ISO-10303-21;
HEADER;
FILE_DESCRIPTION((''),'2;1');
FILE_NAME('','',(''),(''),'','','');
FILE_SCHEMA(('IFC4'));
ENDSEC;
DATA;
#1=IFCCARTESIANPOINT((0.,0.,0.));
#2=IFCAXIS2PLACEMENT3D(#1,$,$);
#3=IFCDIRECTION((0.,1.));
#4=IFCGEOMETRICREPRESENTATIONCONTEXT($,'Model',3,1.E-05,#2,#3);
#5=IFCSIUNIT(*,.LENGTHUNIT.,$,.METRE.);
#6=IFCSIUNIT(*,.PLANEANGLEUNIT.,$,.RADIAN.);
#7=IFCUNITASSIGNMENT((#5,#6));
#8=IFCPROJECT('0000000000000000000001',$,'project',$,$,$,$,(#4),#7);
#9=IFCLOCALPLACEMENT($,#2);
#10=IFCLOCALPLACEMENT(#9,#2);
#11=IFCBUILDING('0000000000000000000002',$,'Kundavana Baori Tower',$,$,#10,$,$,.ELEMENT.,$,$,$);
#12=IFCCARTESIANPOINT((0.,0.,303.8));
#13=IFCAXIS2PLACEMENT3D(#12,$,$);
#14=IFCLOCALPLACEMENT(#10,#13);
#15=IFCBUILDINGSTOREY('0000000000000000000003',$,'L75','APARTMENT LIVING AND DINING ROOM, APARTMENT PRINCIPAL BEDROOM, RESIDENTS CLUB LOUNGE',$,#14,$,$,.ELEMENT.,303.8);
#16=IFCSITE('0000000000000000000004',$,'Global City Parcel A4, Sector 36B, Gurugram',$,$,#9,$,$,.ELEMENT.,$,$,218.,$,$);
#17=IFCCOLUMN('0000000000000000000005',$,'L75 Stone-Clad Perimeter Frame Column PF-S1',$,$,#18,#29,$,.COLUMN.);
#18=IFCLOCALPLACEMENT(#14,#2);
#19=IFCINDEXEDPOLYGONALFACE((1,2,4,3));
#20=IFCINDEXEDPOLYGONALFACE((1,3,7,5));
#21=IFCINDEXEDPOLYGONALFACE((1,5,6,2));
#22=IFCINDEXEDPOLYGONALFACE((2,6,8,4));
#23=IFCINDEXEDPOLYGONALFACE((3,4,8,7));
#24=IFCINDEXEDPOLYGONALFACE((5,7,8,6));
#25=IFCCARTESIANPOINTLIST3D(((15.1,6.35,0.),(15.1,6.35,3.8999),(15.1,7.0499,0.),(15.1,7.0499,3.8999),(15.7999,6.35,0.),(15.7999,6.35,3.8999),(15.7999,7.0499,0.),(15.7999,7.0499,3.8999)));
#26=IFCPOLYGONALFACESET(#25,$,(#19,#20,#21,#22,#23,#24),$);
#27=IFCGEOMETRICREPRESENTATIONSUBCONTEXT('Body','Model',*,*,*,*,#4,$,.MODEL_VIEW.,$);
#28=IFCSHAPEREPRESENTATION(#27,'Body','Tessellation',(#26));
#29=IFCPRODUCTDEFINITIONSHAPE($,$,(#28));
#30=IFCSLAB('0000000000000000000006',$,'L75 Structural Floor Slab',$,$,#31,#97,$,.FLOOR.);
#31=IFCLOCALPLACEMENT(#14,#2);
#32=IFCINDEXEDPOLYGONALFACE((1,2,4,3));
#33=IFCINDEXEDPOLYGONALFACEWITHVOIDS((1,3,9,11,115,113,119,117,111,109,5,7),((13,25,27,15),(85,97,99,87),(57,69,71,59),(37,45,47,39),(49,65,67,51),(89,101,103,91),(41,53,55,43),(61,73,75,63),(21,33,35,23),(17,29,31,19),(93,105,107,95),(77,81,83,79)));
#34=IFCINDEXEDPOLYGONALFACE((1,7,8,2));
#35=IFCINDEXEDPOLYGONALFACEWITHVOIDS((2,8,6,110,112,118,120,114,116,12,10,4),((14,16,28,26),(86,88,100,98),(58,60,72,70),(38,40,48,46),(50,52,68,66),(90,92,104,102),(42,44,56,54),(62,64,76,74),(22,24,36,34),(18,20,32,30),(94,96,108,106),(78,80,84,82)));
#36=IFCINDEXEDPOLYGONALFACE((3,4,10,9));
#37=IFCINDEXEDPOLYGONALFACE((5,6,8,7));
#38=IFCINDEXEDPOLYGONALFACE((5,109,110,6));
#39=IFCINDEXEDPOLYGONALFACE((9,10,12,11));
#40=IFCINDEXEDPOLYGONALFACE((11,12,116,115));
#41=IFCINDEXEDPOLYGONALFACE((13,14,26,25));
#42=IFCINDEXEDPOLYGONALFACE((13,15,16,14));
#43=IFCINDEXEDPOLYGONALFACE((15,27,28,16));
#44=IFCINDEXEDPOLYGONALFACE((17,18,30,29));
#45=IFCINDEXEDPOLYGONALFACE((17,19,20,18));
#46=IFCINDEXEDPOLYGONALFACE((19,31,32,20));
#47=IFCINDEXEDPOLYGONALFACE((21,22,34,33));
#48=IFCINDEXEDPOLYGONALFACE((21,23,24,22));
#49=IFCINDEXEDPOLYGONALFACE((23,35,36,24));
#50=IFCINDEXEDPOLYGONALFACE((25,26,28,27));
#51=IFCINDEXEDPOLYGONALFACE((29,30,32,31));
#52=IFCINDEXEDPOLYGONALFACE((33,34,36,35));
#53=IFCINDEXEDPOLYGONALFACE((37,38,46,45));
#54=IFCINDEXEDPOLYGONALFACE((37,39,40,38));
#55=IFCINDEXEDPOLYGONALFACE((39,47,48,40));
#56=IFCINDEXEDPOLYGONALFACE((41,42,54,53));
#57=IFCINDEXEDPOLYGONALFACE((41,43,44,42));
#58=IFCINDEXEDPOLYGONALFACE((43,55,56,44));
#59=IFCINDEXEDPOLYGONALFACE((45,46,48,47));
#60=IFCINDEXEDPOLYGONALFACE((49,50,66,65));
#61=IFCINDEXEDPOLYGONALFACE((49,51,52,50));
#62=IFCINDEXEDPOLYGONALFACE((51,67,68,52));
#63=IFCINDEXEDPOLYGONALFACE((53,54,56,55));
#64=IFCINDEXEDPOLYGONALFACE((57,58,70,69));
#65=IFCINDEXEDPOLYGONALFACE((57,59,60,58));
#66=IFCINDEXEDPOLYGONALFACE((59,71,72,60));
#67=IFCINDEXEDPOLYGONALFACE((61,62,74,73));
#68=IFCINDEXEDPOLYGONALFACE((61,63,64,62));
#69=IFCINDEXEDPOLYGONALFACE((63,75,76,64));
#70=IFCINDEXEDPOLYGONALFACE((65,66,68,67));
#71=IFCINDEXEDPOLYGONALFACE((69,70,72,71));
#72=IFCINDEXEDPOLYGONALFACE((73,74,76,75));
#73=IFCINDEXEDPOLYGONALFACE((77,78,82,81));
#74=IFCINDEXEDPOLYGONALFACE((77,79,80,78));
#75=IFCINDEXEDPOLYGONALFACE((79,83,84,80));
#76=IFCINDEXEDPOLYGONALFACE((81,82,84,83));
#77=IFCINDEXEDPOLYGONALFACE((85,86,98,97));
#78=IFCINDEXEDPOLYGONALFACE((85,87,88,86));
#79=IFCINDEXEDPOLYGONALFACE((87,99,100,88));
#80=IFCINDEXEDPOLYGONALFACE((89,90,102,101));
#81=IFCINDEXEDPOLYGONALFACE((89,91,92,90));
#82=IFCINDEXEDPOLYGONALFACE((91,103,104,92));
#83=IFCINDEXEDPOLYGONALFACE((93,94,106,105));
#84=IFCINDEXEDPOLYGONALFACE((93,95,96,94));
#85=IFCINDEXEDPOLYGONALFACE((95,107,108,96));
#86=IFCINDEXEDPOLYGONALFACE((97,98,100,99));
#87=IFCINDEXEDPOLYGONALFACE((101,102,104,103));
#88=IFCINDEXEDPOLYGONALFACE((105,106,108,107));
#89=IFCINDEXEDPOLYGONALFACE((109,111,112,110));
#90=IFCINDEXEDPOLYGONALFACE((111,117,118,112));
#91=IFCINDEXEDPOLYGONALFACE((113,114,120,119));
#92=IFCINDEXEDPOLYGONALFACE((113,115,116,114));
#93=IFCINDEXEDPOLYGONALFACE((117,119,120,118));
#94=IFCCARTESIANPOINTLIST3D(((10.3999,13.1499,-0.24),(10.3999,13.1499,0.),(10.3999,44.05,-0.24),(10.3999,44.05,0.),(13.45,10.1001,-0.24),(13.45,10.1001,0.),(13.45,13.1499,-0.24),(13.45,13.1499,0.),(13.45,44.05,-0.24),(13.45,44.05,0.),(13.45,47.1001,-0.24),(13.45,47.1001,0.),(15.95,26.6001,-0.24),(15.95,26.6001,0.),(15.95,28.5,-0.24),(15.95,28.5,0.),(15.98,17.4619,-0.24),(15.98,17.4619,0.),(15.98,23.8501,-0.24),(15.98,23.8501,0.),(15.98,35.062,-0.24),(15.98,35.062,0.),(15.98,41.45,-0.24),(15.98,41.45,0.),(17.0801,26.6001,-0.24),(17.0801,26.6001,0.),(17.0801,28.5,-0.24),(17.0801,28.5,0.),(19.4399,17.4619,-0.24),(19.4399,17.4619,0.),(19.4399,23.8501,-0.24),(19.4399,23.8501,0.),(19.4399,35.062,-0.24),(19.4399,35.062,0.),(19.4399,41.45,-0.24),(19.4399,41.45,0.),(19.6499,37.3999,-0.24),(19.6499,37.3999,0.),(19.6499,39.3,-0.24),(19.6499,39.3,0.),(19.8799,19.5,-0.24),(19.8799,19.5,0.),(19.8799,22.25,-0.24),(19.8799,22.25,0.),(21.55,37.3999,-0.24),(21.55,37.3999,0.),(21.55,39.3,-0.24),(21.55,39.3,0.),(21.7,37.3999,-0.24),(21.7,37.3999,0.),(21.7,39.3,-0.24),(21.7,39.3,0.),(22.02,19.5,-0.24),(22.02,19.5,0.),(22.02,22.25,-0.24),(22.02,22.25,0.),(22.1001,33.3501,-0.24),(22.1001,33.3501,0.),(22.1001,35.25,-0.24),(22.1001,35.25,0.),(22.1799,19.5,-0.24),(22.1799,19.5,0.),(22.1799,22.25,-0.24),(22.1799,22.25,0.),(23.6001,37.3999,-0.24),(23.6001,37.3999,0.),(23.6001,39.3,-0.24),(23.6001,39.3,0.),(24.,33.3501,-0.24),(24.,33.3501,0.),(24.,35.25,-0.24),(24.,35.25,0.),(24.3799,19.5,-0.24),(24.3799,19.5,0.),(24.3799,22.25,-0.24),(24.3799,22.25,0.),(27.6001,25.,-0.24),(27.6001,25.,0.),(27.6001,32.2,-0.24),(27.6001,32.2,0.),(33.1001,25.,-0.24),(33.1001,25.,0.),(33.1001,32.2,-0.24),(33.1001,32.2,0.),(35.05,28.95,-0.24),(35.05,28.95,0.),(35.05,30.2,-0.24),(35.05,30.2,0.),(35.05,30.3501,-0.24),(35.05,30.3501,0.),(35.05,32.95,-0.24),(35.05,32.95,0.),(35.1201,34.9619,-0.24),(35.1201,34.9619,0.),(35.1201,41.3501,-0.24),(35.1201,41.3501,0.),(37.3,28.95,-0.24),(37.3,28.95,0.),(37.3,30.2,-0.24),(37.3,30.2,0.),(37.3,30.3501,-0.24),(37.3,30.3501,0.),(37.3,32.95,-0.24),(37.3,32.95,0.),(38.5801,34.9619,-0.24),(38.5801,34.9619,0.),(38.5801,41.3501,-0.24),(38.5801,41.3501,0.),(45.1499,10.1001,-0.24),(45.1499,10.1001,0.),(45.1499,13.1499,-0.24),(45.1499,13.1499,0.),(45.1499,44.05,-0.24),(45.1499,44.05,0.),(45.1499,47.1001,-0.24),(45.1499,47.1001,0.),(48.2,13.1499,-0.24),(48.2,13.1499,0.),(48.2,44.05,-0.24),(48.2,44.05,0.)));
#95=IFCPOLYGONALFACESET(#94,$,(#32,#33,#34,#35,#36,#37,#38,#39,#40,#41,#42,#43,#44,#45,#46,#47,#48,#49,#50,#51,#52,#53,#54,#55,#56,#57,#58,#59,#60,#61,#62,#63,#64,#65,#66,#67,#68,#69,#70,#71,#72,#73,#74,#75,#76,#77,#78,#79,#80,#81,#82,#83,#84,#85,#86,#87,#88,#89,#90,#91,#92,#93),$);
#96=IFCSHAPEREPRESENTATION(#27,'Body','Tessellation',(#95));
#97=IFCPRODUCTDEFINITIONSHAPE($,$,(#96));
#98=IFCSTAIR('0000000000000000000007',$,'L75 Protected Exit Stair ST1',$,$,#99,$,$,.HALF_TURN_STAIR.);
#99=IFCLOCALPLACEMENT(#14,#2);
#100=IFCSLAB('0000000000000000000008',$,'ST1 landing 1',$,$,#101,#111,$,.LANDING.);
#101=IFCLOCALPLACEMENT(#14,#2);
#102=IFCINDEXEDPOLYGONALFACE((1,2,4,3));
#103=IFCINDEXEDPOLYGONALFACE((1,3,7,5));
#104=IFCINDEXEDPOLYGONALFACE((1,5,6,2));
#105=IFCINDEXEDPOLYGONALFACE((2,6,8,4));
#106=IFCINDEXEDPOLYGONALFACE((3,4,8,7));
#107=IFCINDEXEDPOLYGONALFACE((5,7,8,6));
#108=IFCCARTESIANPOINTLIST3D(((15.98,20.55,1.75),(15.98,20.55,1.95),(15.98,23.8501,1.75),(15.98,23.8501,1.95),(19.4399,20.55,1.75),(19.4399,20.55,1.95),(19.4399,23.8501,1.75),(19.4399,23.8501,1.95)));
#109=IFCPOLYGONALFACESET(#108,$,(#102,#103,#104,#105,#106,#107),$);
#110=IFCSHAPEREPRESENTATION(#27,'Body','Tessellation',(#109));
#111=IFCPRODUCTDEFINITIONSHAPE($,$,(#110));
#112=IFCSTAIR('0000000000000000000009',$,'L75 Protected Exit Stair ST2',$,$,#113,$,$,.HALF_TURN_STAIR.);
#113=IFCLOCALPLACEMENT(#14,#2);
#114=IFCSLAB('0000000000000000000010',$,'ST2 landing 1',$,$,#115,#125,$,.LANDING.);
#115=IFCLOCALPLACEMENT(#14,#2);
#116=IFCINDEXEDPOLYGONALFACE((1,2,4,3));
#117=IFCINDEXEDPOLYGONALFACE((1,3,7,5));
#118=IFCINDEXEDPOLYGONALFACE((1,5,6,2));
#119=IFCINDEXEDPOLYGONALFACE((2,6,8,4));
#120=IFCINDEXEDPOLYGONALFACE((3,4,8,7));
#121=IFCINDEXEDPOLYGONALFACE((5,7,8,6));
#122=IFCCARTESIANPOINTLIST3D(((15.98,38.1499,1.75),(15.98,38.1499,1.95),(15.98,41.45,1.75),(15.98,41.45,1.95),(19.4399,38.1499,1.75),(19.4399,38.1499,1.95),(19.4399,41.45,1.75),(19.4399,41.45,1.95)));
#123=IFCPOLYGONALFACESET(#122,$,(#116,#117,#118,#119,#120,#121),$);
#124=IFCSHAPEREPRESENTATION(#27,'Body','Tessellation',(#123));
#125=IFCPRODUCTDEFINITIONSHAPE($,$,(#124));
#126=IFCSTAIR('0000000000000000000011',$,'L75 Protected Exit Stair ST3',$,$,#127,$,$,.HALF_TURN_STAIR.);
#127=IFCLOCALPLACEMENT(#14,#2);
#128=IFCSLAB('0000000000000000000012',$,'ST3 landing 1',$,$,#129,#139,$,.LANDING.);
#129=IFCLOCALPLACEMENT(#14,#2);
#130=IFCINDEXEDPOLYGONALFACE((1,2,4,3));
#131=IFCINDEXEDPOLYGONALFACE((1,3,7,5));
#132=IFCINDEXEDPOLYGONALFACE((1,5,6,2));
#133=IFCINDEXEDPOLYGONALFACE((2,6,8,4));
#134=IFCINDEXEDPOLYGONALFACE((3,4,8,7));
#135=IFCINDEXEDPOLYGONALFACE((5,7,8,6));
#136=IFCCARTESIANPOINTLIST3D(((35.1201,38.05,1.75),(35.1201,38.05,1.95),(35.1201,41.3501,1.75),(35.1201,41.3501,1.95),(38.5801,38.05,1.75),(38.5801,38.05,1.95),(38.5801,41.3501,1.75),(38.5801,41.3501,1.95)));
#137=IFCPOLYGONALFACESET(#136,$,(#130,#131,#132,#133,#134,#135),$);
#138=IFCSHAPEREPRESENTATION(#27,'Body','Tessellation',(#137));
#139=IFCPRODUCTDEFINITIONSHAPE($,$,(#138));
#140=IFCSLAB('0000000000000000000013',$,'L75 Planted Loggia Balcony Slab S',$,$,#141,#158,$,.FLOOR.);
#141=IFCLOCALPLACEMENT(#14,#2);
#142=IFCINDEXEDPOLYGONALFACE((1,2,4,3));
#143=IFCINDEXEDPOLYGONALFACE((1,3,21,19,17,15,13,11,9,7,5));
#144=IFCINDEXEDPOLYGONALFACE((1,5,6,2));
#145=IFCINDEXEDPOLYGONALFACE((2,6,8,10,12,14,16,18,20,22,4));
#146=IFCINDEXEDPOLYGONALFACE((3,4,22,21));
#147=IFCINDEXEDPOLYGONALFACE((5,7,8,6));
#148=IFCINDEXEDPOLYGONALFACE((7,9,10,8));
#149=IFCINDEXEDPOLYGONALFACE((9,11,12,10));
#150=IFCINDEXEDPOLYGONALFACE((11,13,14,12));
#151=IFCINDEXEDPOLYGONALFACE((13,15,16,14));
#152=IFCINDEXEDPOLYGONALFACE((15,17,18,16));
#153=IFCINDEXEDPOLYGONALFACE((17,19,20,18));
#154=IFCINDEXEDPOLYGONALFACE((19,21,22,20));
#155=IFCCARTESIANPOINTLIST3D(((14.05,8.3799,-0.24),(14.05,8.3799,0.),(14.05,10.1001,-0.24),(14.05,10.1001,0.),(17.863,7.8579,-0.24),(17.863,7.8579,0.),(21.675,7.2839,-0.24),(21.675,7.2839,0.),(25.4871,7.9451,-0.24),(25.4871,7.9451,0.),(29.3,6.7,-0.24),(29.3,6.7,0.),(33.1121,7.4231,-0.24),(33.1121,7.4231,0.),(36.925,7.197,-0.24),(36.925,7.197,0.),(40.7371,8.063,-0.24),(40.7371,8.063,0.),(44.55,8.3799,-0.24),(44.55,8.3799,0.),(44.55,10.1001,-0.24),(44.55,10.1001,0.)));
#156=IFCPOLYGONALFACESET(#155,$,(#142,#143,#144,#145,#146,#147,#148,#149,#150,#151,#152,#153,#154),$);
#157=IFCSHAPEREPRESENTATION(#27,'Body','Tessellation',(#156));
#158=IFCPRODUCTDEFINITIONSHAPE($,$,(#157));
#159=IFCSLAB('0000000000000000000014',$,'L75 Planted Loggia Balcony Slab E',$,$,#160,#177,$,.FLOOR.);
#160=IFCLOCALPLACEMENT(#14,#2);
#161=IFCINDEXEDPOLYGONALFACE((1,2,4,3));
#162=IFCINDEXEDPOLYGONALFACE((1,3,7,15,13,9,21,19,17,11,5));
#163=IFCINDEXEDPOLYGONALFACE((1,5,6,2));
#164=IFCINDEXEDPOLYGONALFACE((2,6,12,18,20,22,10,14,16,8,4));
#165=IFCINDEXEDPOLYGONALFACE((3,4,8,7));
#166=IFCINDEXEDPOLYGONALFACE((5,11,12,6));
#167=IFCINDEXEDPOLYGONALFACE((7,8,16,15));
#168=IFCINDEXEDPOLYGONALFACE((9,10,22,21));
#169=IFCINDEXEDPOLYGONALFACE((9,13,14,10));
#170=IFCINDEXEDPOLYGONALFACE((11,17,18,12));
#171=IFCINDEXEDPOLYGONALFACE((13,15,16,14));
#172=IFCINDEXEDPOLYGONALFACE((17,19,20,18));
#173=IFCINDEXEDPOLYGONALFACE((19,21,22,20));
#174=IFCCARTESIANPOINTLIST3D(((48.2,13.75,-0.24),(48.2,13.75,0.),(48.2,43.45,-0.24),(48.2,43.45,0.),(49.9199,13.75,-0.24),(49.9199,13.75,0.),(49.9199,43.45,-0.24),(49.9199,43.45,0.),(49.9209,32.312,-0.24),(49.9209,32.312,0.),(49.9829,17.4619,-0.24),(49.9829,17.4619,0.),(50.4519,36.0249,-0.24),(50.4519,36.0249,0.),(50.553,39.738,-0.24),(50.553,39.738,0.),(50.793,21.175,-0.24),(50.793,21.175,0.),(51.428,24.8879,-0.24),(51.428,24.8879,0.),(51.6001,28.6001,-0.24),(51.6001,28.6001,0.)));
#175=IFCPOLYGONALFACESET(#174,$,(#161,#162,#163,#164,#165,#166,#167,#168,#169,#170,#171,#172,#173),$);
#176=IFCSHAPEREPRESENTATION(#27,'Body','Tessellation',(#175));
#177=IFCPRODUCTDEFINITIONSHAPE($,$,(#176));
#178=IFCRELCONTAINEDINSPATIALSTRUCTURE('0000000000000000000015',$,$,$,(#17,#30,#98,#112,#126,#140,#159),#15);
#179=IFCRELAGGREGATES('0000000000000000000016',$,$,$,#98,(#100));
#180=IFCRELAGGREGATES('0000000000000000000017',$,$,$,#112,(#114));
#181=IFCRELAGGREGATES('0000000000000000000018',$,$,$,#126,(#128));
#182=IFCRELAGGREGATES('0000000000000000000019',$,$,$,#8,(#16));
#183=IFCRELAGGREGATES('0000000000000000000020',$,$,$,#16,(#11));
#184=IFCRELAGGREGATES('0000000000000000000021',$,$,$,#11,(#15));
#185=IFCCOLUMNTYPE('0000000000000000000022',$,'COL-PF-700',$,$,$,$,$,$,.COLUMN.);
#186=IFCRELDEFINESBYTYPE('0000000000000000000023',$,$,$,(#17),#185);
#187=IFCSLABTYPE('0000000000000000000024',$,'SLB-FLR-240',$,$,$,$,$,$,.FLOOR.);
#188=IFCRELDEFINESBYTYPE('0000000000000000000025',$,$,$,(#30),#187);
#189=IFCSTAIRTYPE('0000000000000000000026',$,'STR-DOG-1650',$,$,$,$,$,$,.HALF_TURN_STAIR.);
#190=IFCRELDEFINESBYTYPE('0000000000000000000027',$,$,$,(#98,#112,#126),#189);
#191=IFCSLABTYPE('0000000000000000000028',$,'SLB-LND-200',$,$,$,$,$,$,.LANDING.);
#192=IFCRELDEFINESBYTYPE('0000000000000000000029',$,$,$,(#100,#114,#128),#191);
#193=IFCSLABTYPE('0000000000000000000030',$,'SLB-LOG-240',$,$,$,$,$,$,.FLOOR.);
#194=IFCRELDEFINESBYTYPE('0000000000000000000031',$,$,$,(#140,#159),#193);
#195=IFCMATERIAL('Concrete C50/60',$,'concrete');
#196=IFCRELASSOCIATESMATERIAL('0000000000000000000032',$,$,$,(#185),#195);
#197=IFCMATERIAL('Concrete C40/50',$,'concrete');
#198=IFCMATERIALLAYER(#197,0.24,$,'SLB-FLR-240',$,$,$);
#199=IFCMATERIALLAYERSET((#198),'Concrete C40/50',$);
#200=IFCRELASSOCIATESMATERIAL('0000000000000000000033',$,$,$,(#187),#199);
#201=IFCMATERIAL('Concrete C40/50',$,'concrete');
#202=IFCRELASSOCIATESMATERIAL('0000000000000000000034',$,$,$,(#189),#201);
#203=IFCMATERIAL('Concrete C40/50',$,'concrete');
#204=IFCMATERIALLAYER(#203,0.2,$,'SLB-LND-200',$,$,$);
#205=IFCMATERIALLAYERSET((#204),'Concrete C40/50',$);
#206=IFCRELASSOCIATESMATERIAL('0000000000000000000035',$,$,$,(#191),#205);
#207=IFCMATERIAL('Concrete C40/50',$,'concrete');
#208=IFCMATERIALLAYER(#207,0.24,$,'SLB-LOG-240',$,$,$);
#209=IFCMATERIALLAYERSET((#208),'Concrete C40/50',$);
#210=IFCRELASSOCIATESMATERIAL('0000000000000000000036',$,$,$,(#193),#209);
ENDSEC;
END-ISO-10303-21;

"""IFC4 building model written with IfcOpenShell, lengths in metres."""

from ifc_helpers import new_model, si_unit, direction, frame, origin, origin_2d, place, context, subcontext, project, spatial, polyline, rectangle, outline, extrude, material, layer, layer_set, material_profile, profile_set, type_object, element, aggregate, save


model = new_model("IFC4")

# Units and contexts
model_context = context("Model", 3, precision=1e-05, world=origin(), true_north=direction((0.0, 1.0)))
body_context = subcontext(model_context, "Body", "Model", "MODEL_VIEW")
ifc_project = project(units=[si_unit("LENGTHUNIT", "METRE"), si_unit("PLANEANGLEUNIT", "RADIAN")], contexts=[model_context])

# Site, building, storey
site_placement = place(None, origin())
site = spatial("IfcSite", under=ifc_project, at=site_placement, Name="Global City Parcel A4, Sector 36B, Gurugram", CompositionType="ELEMENT", RefElevation=218.0)
building_placement = place(site_placement, origin())
building = spatial("IfcBuilding", under=site, at=building_placement, Name="Kundavana Baori Tower", CompositionType="ELEMENT")
storey_placement = place(building_placement, frame((0.0, 0.0, 303.8)))
storey = spatial("IfcBuildingStorey", under=building, at=storey_placement, Name="L75", Description="APARTMENT LIVING AND DINING ROOM, APARTMENT PRINCIPAL BEDROOM, RESIDENTS CLUB LOUNGE", CompositionType="ELEMENT", Elevation=303.8)

# Column
ifc_material_1 = material(Name="Concrete C50/60", Category="concrete")
ifc_material_profile = material_profile(ifc_material_1, rectangle(XDim=0.7, YDim=0.7, at=origin_2d()), Name="RC PF 700x700")
ifc_profile_set = profile_set([ifc_material_profile], Name="Concrete C50/60")
column_type = type_object("IfcColumnType", Name="COL-PF-700", PredefinedType="COLUMN", material=ifc_profile_set)
column_placement = place(storey_placement, frame((15.45, 6.7, 0.0), z_axis=(0.0, 0.0, 1.0), x_axis=(1.0, 0.0, 0.0)))
element("IfcColumn", 1, at=column_placement, inside=storey, type_object=column_type, Name="L75 Stone-Clad Perimeter Frame Column PF-S1", PredefinedType="COLUMN", context=body_context, shape_type="SweptSolid", body=[
    extrude(rectangle(XDim=0.7, YDim=0.7, at=origin_2d()), origin(), (0.0, 0.0, 1.0), 3.8999),
])

# Slab
ifc_material_2 = material(Name="Concrete C40/50", Category="concrete")
ifc_layer_1 = layer(ifc_material_2, 0.24, Name="SLB-FLR-240")
ifc_layer_set_1 = layer_set([ifc_layer_1], Name="Concrete C40/50")
slab_type_1 = type_object("IfcSlabType", Name="SLB-FLR-240", PredefinedType="FLOOR", material=ifc_layer_set_1)
slab_1_placement = place(storey_placement, frame((0.0, 0.0, -0.24)))
element("IfcSlab", 2, at=slab_1_placement, inside=storey, type_object=slab_type_1, Name="L75 Structural Floor Slab", PredefinedType="FLOOR", context=body_context, shape_type="SweptSolid", body=[
    extrude(outline(polyline([(13.45, 10.1001), (45.1499, 10.1001), (45.1499, 13.1499), (48.2, 13.1499), (48.2, 44.05), (45.1499, 44.05), (45.1499, 47.1001), (13.45, 47.1001), (13.45, 44.05), (10.3999, 44.05), (10.3999, 13.1499), (13.45, 13.1499), (13.45, 10.1001)]), holes=[polyline([(19.4399, 17.4619), (19.4399, 23.8501), (15.98, 23.8501), (15.98, 17.4619), (19.4399, 17.4619)]), polyline([(19.4399, 35.062), (19.4399, 41.45), (15.98, 41.45), (15.98, 35.062), (19.4399, 35.062)]), polyline([(38.5801, 34.9619), (38.5801, 41.3501), (35.1201, 41.3501), (35.1201, 34.9619), (38.5801, 34.9619)]), polyline([(19.6499, 37.3999), (21.55, 37.3999), (21.55, 39.3), (19.6499, 39.3), (19.6499, 37.3999)]), polyline([(21.7, 37.3999), (23.6001, 37.3999), (23.6001, 39.3), (21.7, 39.3), (21.7, 37.3999)]), polyline([(22.1001, 33.3501), (24.0, 33.3501), (24.0, 35.25), (22.1001, 35.25), (22.1001, 33.3501)]), polyline([(19.8799, 19.5), (22.02, 19.5), (22.02, 22.25), (19.8799, 22.25), (19.8799, 19.5)]), polyline([(22.1799, 19.5), (24.3799, 19.5), (24.3799, 22.25), (22.1799, 22.25), (22.1799, 19.5)]), polyline([(35.05, 30.3501), (37.3, 30.3501), (37.3, 32.95), (35.05, 32.95), (35.05, 30.3501)]), polyline([(15.95, 26.6001), (17.0801, 26.6001), (17.0801, 28.5), (15.95, 28.5), (15.95, 26.6001)]), polyline([(35.05, 28.95), (37.3, 28.95), (37.3, 30.2), (35.05, 30.2), (35.05, 28.95)]), polyline([(27.6001, 25.0), (33.1001, 25.0), (33.1001, 32.2), (27.6001, 32.2), (27.6001, 25.0)])]), origin(), (0.0, 0.0, 1.0), 0.24),
])

# Stairs, slabs
ifc_material_3 = material(Name="Concrete C40/50", Category="concrete")
stair_type = type_object("IfcStairType", Name="STR-DOG-1650", PredefinedType="HALF_TURN_STAIR", material=ifc_material_3)
stair_1_placement = place(storey_placement, origin())
stair_1 = element("IfcStair", 3, at=stair_1_placement, inside=storey, type_object=stair_type, Name="L75 Protected Exit Stair ST1", PredefinedType="HALF_TURN_STAIR")
ifc_material_4 = material(Name="Concrete C40/50", Category="concrete")
ifc_layer_2 = layer(ifc_material_4, 0.2, Name="SLB-LND-200")
ifc_layer_set_2 = layer_set([ifc_layer_2], Name="Concrete C40/50")
slab_type_2 = type_object("IfcSlabType", Name="SLB-LND-200", PredefinedType="LANDING", material=ifc_layer_set_2)
slab_2_placement = place(storey_placement, frame((0.0, 0.0, 1.75)))
slab_2 = element("IfcSlab", 4, at=slab_2_placement, type_object=slab_type_2, Name="ST1 landing 1", PredefinedType="LANDING", context=body_context, shape_type="SweptSolid", body=[
    extrude(outline(polyline([(19.4399, 20.55), (19.4399, 23.8501), (15.98, 23.8501), (15.98, 20.55), (19.4399, 20.55)])), origin(), (0.0, 0.0, 1.0), 0.2),
])
aggregate(stair_1, [slab_2])
stair_2_placement = place(storey_placement, origin())
stair_2 = element("IfcStair", 5, at=stair_2_placement, inside=storey, type_object=stair_type, Name="L75 Protected Exit Stair ST2", PredefinedType="HALF_TURN_STAIR")
slab_3_placement = place(storey_placement, frame((0.0, 0.0, 1.75)))
slab_3 = element("IfcSlab", 6, at=slab_3_placement, type_object=slab_type_2, Name="ST2 landing 1", PredefinedType="LANDING", context=body_context, shape_type="SweptSolid", body=[
    extrude(outline(polyline([(19.4399, 38.1499), (19.4399, 41.45), (15.98, 41.45), (15.98, 38.1499), (19.4399, 38.1499)])), origin(), (0.0, 0.0, 1.0), 0.2),
])
aggregate(stair_2, [slab_3])
stair_3_placement = place(storey_placement, origin())
stair_3 = element("IfcStair", 7, at=stair_3_placement, inside=storey, type_object=stair_type, Name="L75 Protected Exit Stair ST3", PredefinedType="HALF_TURN_STAIR")
slab_4_placement = place(storey_placement, frame((0.0, 0.0, 1.75)))
slab_4 = element("IfcSlab", 8, at=slab_4_placement, type_object=slab_type_2, Name="ST3 landing 1", PredefinedType="LANDING", context=body_context, shape_type="SweptSolid", body=[
    extrude(outline(polyline([(38.5801, 38.05), (38.5801, 41.3501), (35.1201, 41.3501), (35.1201, 38.05), (38.5801, 38.05)])), origin(), (0.0, 0.0, 1.0), 0.2),
])
aggregate(stair_3, [slab_4])

# Slabs
ifc_material_5 = material(Name="Concrete C40/50", Category="concrete")
ifc_layer_3 = layer(ifc_material_5, 0.24, Name="SLB-LOG-240")
ifc_layer_set_3 = layer_set([ifc_layer_3], Name="Concrete C40/50")
slab_type_3 = type_object("IfcSlabType", Name="SLB-LOG-240", PredefinedType="FLOOR", material=ifc_layer_set_3)
slab_5_placement = place(storey_placement, frame((0.0, 0.0, -0.24)))
element("IfcSlab", 9, at=slab_5_placement, inside=storey, type_object=slab_type_3, Name="L75 Planted Loggia Balcony Slab S", PredefinedType="FLOOR", context=body_context, shape_type="SweptSolid", body=[
    extrude(outline(polyline([(14.05, 10.1001), (44.55, 10.1001), (44.55, 8.3799), (40.7371, 8.063), (36.925, 7.197), (33.1121, 7.4231), (29.3, 6.7), (25.4871, 7.9451), (21.675, 7.2839), (17.863, 7.8579), (14.05, 8.3799), (14.05, 10.1001)])), origin(), (0.0, 0.0, 1.0), 0.24),
])
slab_6_placement = place(storey_placement, frame((0.0, 0.0, -0.24)))
element("IfcSlab", 10, at=slab_6_placement, inside=storey, type_object=slab_type_3, Name="L75 Planted Loggia Balcony Slab E", PredefinedType="FLOOR", context=body_context, shape_type="SweptSolid", body=[
    extrude(outline(polyline([(48.2, 13.75), (48.2, 43.45), (49.9199, 43.45), (50.553, 39.738), (50.4519, 36.0249), (49.9209, 32.312), (51.6001, 28.6001), (51.428, 24.8879), (50.793, 21.175), (49.9829, 17.4619), (49.9199, 13.75), (48.2, 13.75)])), origin(), (0.0, 0.0, 1.0), 0.24),
])

save(model, "model.ifc")
